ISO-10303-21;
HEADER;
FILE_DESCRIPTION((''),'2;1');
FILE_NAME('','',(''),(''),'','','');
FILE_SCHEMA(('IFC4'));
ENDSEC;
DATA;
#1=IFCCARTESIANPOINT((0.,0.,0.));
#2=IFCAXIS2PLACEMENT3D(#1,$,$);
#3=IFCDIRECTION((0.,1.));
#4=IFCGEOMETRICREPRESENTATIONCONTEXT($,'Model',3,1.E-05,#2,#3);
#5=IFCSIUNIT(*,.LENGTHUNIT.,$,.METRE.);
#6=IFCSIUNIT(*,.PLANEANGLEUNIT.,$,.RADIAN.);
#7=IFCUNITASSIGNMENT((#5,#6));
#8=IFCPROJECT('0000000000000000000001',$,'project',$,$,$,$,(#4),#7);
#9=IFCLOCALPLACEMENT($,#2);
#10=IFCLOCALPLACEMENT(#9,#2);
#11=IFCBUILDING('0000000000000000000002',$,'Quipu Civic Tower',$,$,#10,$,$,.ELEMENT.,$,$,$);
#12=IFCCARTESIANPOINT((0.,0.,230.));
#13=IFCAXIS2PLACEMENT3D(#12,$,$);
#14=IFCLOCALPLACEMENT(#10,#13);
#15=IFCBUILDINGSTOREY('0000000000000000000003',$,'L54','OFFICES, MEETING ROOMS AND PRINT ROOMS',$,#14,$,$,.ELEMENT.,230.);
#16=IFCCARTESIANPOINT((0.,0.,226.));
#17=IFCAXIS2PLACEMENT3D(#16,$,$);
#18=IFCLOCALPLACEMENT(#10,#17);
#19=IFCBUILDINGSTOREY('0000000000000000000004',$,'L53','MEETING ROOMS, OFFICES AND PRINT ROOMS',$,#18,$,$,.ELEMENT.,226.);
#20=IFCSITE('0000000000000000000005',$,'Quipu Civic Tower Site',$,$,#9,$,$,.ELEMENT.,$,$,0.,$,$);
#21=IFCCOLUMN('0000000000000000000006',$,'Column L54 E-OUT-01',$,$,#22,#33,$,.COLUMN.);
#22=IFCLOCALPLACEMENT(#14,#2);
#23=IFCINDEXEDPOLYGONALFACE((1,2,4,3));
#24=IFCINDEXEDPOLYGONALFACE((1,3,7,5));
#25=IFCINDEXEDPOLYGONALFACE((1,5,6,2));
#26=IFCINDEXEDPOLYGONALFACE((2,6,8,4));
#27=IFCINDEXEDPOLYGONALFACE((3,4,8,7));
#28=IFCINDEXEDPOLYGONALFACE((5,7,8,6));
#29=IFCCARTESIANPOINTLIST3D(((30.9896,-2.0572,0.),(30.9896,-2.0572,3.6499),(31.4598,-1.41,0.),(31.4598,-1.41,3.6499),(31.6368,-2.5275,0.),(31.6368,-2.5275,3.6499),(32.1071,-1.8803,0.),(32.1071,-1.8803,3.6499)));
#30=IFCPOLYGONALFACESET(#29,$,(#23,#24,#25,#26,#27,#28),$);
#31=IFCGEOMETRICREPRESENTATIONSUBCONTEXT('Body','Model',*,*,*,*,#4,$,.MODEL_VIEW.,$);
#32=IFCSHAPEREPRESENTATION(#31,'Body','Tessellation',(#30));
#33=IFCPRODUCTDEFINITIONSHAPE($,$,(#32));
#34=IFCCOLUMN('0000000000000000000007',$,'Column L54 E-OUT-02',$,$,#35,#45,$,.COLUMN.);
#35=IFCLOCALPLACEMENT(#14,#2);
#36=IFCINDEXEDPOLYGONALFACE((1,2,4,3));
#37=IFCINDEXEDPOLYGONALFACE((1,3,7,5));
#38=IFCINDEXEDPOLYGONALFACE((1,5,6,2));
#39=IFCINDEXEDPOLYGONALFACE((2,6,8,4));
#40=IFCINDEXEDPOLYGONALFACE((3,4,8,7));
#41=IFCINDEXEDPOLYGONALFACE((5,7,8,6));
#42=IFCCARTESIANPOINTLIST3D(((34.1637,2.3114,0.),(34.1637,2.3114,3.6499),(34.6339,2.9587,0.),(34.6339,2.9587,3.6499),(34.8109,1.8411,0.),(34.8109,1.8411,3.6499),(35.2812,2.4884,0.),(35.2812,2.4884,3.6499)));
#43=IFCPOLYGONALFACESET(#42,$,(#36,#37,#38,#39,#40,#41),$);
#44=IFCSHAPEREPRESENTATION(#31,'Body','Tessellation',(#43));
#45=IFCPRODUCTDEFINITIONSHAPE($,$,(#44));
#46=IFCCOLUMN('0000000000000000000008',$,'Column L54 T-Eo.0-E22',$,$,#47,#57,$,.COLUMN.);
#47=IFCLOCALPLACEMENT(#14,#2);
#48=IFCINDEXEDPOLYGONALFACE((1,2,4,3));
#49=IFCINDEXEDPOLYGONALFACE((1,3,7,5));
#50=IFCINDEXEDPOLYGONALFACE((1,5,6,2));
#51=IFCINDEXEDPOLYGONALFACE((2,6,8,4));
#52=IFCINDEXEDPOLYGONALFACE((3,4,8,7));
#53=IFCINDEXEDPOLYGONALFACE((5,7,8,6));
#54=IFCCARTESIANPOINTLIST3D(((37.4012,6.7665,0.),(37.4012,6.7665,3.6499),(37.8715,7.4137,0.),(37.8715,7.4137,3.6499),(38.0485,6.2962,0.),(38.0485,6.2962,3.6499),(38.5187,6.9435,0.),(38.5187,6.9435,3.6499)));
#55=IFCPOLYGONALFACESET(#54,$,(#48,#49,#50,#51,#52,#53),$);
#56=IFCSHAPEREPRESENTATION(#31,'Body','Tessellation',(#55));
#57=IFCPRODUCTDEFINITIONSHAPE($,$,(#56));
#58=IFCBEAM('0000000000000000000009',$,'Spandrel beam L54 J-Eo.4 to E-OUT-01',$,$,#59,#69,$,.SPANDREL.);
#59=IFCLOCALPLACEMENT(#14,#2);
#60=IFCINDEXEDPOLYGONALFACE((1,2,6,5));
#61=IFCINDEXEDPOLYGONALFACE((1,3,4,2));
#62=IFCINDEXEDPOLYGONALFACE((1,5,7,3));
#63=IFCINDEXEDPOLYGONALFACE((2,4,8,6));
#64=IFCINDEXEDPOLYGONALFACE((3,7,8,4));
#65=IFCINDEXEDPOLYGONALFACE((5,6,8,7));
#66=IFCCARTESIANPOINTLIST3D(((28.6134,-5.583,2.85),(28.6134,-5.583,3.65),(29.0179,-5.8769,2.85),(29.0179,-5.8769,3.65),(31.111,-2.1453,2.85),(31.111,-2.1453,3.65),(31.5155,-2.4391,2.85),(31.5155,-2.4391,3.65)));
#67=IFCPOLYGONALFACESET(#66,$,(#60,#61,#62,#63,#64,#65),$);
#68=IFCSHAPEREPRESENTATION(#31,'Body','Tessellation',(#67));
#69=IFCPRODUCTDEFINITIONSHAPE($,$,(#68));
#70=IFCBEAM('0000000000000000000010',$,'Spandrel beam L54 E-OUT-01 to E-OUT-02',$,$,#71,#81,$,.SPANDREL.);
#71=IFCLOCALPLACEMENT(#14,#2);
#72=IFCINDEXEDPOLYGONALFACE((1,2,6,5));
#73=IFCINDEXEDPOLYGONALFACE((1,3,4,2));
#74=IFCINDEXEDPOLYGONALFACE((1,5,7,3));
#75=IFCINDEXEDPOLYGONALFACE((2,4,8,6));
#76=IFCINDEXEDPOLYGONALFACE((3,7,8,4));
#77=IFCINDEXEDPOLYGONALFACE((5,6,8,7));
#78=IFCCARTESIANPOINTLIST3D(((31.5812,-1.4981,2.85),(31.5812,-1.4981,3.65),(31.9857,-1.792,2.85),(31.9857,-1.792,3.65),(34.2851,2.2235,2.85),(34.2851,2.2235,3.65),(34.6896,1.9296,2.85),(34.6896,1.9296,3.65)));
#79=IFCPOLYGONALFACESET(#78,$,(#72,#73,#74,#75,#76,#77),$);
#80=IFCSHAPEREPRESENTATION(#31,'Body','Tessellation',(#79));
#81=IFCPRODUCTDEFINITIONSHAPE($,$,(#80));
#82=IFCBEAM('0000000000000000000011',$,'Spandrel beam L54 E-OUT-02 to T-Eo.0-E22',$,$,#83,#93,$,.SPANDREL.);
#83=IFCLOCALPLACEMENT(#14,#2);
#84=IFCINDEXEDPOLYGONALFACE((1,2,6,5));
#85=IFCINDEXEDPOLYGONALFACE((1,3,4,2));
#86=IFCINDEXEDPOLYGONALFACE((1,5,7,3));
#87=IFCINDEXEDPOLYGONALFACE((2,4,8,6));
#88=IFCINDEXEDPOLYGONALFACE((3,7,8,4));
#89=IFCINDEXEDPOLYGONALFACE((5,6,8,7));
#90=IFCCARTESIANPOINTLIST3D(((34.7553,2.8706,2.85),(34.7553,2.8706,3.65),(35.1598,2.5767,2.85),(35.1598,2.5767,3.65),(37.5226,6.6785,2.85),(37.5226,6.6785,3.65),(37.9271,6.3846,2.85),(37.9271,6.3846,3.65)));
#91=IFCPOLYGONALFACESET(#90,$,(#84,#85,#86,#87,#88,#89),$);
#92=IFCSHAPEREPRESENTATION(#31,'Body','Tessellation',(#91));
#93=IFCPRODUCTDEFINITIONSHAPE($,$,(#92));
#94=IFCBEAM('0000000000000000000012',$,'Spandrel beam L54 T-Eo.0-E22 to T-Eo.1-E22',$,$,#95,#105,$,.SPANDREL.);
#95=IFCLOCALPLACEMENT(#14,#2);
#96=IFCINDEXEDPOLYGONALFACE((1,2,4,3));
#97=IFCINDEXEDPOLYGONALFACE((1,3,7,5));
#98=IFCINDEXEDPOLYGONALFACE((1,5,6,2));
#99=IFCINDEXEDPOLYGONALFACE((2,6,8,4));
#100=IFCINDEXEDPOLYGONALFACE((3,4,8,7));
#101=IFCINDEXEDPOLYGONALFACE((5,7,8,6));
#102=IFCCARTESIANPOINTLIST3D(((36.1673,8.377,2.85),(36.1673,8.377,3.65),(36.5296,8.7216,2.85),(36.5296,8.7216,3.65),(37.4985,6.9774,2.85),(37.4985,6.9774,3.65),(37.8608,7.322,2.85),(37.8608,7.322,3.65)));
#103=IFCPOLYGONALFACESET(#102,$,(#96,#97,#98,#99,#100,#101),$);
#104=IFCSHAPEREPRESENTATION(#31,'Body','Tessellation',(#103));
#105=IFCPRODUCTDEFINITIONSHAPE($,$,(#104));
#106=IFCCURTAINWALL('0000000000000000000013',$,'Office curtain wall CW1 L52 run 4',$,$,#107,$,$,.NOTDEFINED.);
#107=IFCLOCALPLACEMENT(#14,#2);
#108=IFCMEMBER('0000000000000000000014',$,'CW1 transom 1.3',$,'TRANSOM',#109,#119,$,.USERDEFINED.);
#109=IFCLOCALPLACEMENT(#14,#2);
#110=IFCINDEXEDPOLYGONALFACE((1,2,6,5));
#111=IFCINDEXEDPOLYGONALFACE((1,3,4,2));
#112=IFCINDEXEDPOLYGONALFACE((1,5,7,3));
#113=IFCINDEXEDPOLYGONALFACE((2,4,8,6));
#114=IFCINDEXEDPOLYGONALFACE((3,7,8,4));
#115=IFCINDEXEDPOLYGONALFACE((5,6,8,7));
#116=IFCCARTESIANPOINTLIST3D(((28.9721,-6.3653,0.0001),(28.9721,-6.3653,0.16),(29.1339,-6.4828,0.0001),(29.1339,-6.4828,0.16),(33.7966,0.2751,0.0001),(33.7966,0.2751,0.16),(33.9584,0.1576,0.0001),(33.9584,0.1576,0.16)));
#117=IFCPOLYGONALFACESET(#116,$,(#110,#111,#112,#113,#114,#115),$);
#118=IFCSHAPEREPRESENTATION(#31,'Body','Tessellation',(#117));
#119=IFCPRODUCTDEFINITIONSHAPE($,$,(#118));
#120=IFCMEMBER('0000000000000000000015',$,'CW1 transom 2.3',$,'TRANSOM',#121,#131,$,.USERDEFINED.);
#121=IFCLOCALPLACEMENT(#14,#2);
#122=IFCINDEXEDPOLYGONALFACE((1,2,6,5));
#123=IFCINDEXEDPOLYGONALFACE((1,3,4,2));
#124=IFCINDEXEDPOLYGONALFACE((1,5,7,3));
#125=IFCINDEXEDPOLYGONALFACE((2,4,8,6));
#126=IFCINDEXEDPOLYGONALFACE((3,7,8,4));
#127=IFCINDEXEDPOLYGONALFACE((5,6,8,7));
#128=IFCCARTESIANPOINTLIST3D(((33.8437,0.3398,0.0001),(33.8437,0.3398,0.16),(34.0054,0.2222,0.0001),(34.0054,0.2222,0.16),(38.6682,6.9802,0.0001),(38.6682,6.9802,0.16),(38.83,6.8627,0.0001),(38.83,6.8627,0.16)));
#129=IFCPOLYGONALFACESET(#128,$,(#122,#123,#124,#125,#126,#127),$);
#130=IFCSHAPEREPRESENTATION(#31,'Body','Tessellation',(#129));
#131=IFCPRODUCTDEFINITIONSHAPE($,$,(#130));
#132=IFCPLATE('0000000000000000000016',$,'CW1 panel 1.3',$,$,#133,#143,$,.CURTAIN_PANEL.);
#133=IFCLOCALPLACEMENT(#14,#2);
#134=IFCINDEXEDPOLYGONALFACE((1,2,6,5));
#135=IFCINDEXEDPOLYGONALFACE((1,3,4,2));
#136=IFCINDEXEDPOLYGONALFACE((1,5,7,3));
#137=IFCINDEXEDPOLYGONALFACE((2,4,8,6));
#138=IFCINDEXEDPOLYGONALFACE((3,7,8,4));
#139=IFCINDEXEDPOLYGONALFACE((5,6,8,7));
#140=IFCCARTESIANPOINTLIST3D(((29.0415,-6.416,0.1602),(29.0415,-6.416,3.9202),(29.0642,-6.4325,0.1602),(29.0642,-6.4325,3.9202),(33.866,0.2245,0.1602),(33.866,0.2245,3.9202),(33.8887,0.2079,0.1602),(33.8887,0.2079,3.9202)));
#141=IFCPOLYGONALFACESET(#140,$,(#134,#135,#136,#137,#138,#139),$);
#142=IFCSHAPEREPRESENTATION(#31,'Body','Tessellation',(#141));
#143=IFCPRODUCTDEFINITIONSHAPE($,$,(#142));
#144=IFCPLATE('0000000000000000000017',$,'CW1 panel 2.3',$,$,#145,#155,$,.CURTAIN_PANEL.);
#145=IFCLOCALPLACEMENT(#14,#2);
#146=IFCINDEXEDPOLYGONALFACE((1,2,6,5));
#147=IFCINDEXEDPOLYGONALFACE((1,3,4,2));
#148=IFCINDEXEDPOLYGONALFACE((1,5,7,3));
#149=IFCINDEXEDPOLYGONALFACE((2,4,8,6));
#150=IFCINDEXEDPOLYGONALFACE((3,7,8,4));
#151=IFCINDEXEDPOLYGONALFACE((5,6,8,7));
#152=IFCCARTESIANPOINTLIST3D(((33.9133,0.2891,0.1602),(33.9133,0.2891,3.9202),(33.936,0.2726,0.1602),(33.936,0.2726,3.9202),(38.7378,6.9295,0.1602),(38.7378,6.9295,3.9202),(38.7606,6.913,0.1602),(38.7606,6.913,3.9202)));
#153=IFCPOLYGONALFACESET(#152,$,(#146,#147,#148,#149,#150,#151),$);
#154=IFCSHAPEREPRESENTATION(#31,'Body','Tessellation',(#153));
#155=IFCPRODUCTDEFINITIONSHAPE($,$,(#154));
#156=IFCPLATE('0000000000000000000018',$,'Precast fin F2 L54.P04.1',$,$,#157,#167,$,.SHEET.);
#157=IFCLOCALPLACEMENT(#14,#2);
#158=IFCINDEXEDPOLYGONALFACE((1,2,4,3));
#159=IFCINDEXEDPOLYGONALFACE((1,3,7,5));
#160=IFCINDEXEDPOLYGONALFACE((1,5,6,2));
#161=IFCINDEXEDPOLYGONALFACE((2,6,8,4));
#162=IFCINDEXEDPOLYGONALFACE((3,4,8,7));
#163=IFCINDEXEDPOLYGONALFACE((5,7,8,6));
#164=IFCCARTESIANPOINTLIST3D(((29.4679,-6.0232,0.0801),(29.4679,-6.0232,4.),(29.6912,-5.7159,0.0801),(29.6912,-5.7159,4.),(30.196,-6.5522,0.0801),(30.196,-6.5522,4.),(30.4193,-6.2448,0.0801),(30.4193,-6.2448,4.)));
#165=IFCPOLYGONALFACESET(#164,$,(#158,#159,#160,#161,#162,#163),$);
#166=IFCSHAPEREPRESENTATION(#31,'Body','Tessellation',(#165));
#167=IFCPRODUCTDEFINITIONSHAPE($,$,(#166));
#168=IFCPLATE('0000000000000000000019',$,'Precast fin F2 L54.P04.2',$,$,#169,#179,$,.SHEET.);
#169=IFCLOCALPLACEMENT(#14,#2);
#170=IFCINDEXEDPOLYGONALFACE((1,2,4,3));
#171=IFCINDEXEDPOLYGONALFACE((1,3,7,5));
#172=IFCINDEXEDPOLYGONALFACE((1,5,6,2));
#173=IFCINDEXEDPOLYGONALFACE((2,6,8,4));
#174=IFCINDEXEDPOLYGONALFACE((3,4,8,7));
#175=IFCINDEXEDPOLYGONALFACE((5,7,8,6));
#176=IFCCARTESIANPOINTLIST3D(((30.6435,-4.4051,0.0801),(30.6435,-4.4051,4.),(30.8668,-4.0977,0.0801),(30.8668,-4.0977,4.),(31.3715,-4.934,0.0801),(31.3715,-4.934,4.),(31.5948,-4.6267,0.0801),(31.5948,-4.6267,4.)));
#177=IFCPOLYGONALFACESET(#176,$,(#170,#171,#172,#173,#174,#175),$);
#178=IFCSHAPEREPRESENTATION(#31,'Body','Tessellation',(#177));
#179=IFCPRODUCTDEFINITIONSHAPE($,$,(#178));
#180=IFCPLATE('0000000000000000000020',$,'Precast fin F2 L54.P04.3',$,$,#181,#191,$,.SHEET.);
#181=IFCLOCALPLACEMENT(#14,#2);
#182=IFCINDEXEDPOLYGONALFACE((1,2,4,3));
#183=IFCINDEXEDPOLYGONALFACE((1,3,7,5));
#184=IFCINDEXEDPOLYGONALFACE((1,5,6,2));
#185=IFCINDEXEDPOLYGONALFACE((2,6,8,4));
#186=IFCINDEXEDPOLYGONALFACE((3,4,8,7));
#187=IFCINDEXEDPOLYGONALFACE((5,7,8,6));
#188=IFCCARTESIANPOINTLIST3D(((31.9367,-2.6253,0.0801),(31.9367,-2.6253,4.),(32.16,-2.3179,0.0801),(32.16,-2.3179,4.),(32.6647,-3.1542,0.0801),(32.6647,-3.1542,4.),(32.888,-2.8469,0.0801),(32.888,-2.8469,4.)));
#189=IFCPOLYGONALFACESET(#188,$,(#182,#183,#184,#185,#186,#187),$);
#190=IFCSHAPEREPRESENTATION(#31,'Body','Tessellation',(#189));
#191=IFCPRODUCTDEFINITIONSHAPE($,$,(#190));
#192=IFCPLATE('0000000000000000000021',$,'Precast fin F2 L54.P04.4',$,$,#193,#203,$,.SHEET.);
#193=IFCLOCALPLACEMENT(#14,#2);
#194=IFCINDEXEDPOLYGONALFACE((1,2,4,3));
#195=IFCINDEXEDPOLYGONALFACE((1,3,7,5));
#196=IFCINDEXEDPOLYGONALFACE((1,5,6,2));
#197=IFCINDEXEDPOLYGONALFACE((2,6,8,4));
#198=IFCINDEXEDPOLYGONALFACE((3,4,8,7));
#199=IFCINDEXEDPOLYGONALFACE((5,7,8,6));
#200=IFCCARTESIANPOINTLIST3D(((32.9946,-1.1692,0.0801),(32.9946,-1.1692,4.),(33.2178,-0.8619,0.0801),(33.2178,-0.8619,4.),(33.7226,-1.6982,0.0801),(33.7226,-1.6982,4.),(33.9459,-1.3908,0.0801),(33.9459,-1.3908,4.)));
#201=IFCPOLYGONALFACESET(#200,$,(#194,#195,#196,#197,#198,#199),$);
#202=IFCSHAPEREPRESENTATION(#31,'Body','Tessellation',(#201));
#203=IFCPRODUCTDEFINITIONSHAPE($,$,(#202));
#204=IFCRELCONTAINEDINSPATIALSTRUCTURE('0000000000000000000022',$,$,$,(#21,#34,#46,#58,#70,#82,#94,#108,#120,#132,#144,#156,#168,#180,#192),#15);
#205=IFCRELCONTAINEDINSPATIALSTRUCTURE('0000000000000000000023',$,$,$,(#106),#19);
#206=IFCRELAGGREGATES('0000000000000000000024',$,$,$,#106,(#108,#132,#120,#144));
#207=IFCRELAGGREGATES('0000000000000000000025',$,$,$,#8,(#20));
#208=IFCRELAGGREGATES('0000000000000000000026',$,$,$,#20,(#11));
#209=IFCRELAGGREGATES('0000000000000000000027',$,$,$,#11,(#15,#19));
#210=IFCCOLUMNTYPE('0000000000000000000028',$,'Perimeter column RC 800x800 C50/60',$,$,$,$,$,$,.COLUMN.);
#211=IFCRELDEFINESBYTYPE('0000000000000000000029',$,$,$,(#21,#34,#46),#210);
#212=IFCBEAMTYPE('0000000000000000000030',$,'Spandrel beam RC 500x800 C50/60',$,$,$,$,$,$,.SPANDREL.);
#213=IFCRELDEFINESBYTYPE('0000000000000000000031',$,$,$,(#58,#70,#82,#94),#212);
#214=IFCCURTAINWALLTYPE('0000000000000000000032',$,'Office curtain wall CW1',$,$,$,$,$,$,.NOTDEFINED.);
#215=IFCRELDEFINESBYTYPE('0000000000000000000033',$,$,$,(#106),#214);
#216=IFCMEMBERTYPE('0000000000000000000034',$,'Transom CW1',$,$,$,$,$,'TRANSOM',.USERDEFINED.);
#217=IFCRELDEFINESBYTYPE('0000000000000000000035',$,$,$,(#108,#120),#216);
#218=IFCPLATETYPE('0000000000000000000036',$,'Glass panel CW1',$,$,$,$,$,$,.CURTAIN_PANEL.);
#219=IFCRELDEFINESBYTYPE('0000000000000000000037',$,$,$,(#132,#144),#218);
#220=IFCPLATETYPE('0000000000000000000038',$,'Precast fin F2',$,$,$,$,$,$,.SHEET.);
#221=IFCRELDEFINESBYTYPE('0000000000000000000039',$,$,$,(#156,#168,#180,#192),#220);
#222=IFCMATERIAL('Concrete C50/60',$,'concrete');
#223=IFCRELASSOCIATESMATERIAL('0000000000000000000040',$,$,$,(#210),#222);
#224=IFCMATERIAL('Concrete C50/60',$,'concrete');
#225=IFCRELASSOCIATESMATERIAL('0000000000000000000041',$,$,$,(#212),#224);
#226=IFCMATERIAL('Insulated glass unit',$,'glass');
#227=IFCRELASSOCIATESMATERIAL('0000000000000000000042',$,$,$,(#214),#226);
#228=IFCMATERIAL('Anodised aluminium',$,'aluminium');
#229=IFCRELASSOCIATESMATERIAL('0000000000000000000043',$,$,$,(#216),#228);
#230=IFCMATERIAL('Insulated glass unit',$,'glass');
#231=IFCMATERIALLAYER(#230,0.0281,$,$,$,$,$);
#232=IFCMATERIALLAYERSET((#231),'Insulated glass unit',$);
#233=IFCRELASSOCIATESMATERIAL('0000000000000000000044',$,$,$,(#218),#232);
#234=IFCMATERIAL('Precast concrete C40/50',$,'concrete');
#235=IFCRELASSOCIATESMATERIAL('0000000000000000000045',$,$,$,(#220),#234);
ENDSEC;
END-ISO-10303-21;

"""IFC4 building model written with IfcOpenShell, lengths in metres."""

from ifc_helpers import new_model, si_unit, direction, frame, origin, origin_2d, place, context, subcontext, project, spatial, rectangle, extrude, material, layer, layer_set, material_profile, profile_set, type_object, element, aggregate, save


model = new_model("IFC4")

# Units and contexts
model_context = context("Model", 3, precision=1e-05, world=origin(), true_north=direction((0.0, 1.0)))
body_context = subcontext(model_context, "Body", "Model", "MODEL_VIEW")
ifc_project = project(units=[si_unit("LENGTHUNIT", "METRE"), si_unit("PLANEANGLEUNIT", "RADIAN")], contexts=[model_context])

# Site, building, storey
site_placement = place(None, origin())
site = spatial("IfcSite", under=ifc_project, at=site_placement, Name="Quipu Civic Tower Site", CompositionType="ELEMENT", RefElevation=0.0)
building_placement = place(site_placement, origin())
building = spatial("IfcBuilding", under=site, at=building_placement, Name="Quipu Civic Tower", CompositionType="ELEMENT")
storey_1_placement = place(building_placement, frame((0.0, 0.0, 230.0)))
storey_1 = spatial("IfcBuildingStorey", under=building, at=storey_1_placement, Name="L54", Description="OFFICES, MEETING ROOMS AND PRINT ROOMS", CompositionType="ELEMENT", Elevation=230.0)

# Columns
ifc_material_1 = material(Name="Concrete C50/60", Category="concrete")
ifc_material_profile_1 = material_profile(ifc_material_1, rectangle(XDim=0.8, YDim=0.8, at=origin_2d()), Name="RC800x800")
ifc_profile_set_1 = profile_set([ifc_material_profile_1], Name="Concrete C50/60")
column_type = type_object("IfcColumnType", Name="Perimeter column RC 800x800 C50/60", PredefinedType="COLUMN", material=ifc_profile_set_1)
for number, where, z_axis, x_axis, name in (
    (1, (31.5483, -1.9688, 0.0), (0.0, 0.0, 1.0), (0.587785, 0.809017, 0.0), "Column L54 E-OUT-01"),
    (2, (34.7224, 2.3999, 0.0), (0.0, 0.0, 1.0), (0.587785, 0.809017, 0.0), "Column L54 E-OUT-02"),
    (3, (37.96, 6.855, 0.0), (0.0, 0.0, 1.0), (0.587785, 0.809017, 0.0), "Column L54 T-Eo.0-E22"),
):
    element("IfcColumn", number, at=place(storey_1_placement, frame(where, z_axis=z_axis, x_axis=x_axis)), inside=storey_1, type_object=column_type, Name=name, PredefinedType="COLUMN", context=body_context, shape_type="SweptSolid", body=[
        extrude(rectangle(XDim=0.8, YDim=0.8, at=origin_2d()), origin(), (0.0, 0.0, 1.0), 3.6499),
    ])

# Beams
ifc_material_2 = material(Name="Concrete C50/60", Category="concrete")
ifc_material_profile_2 = material_profile(ifc_material_2, rectangle(XDim=0.5, YDim=0.8, at=origin_2d()), Name="RC500x800")
ifc_profile_set_2 = profile_set([ifc_material_profile_2], Name="Concrete C50/60")
beam_type = type_object("IfcBeamType", Name="Spandrel beam RC 500x800 C50/60", PredefinedType="SPANDREL", material=ifc_profile_set_2)
beam_1_placement = place(storey_1_placement, frame((28.8157, -5.73, 3.25), z_axis=(0.587769, 0.809029, 0.0), x_axis=(-0.809029, 0.587769, 0.0)))
element("IfcBeam", 4, at=beam_1_placement, inside=storey_1, type_object=beam_type, Name="Spandrel beam L54 J-Eo.4 to E-OUT-01", PredefinedType="SPANDREL", context=body_context, shape_type="SweptSolid", body=[
    extrude(rectangle(XDim=0.5, YDim=0.8, at=origin_2d()), origin(), (0.0, 0.0, 1.0), 4.2493),
])
beam_2_placement = place(storey_1_placement, frame((31.7834, -1.645, 3.25), z_axis=(0.587796, 0.809009, 0.0), x_axis=(-0.809009, 0.587796, 0.0)))
element("IfcBeam", 5, at=beam_2_placement, inside=storey_1, type_object=beam_type, Name="Spandrel beam L54 E-OUT-01 to E-OUT-02", PredefinedType="SPANDREL", context=body_context, shape_type="SweptSolid", body=[
    extrude(rectangle(XDim=0.5, YDim=0.8, at=origin_2d()), origin(), (0.0, 0.0, 1.0), 4.6001),
])
beam_3_placement = place(storey_1_placement, frame((34.9575, 2.7236, 3.25), z_axis=(0.587891, 0.80894, 0.0), x_axis=(-0.80894, 0.587891, 0.0)))
element("IfcBeam", 6, at=beam_3_placement, inside=storey_1, type_object=beam_type, Name="Spandrel beam L54 E-OUT-02 to T-Eo.0-E22", PredefinedType="SPANDREL", context=body_context, shape_type="SweptSolid", body=[
    extrude(rectangle(XDim=0.5, YDim=0.8, at=origin_2d()), origin(), (0.0, 0.0, 1.0), 4.7073),
])
beam_4_placement = place(storey_1_placement, frame((37.6797, 7.1497, 3.25), z_axis=(-0.689191, 0.72458, 0.0), x_axis=(-0.72458, -0.689191, 0.0)))
element("IfcBeam", 7, at=beam_4_placement, inside=storey_1, type_object=beam_type, Name="Spandrel beam L54 T-Eo.0-E22 to T-Eo.1-E22", PredefinedType="SPANDREL", context=body_context, shape_type="SweptSolid", body=[
    extrude(rectangle(XDim=0.5, YDim=0.8, at=origin_2d()), origin(), (0.0, 0.0, 1.0), 1.9316),
])

# Shared definitions
storey_2_placement = place(building_placement, frame((0.0, 0.0, 226.0)))
storey_2 = spatial("IfcBuildingStorey", under=building, at=storey_2_placement, Name="L53", Description="MEETING ROOMS, OFFICES AND PRINT ROOMS", CompositionType="ELEMENT", Elevation=226.0)

# Curtain wall, members, plates
ifc_material_3 = material(Name="Insulated glass unit", Category="glass")
curtain_wall_type = type_object("IfcCurtainWallType", Name="Office curtain wall CW1", PredefinedType="NOTDEFINED", material=ifc_material_3)
curtain_wall_placement = place(storey_2_placement, origin())
curtain_wall = element("IfcCurtainWall", 8, at=curtain_wall_placement, inside=storey_2, type_object=curtain_wall_type, Name="Office curtain wall CW1 L52 run 4", PredefinedType="NOTDEFINED")
ifc_material_4 = material(Name="Anodised aluminium", Category="aluminium")
ifc_material_profile_3 = material_profile(ifc_material_4, rectangle(XDim=0.2, YDim=0.1599, at=origin_2d()), Name="RECT 200x160")
ifc_profile_set_3 = profile_set([ifc_material_profile_3], Name="Anodised aluminium")
member_type = type_object("IfcMemberType", Name="Transom CW1", ElementType="TRANSOM", PredefinedType="USERDEFINED", material=ifc_profile_set_3)
member_1_placement = place(storey_1_placement, frame((29.053, -6.4241, 0.0801), z_axis=(0.587781, 0.80902, 0.0), x_axis=(-0.80902, 0.587781, 0.0)))
member_1 = element("IfcMember", 9, at=member_1_placement, inside=storey_1, type_object=member_type, Name="CW1 transom 1.3", ObjectType="TRANSOM", PredefinedType="USERDEFINED", context=body_context, shape_type="SweptSolid", body=[
    extrude(rectangle(XDim=0.2, YDim=0.1599, at=origin_2d()), origin(), (0.0, 0.0, 1.0), 8.208),
])
member_2_placement = place(storey_1_placement, frame((33.9246, 0.281, 0.0801), z_axis=(0.587781, 0.80902, 0.0), x_axis=(-0.80902, 0.587781, 0.0)))
member_2 = element("IfcMember", 10, at=member_2_placement, inside=storey_1, type_object=member_type, Name="CW1 transom 2.3", ObjectType="TRANSOM", PredefinedType="USERDEFINED", context=body_context, shape_type="SweptSolid", body=[
    extrude(rectangle(XDim=0.2, YDim=0.1599, at=origin_2d()), origin(), (0.0, 0.0, 1.0), 8.208),
])
ifc_material_5 = material(Name="Insulated glass unit", Category="glass")
ifc_layer_1 = layer(ifc_material_5, 0.0281)
ifc_layer_set_1 = layer_set([ifc_layer_1], Name="Insulated glass unit")
plate_type_1 = type_object("IfcPlateType", Name="Glass panel CW1", PredefinedType="CURTAIN_PANEL", material=ifc_layer_set_1)
plate_1_placement = place(storey_1_placement, frame((31.4651, -3.104, 0.1602), z_axis=(0.0, 0.0, 1.0), x_axis=(0.587787, 0.809016, 0.0)))
plate_1 = element("IfcPlate", 11, at=plate_1_placement, inside=storey_1, type_object=plate_type_1, Name="CW1 panel 1.3", PredefinedType="CURTAIN_PANEL", context=body_context, shape_type="SweptSolid", body=[
    extrude(rectangle(XDim=8.208, YDim=0.0281, at=origin_2d()), origin(), (0.0, 0.0, 1.0), 3.76),
])
plate_2_placement = place(storey_1_placement, frame((36.3369, 3.6011, 0.1602), z_axis=(0.0, 0.0, 1.0), x_axis=(0.587787, 0.809016, 0.0)))
plate_2 = element("IfcPlate", 12, at=plate_2_placement, inside=storey_1, type_object=plate_type_1, Name="CW1 panel 2.3", PredefinedType="CURTAIN_PANEL", context=body_context, shape_type="SweptSolid", body=[
    extrude(rectangle(XDim=8.208, YDim=0.0281, at=origin_2d()), origin(), (0.0, 0.0, 1.0), 3.76),
])
aggregate(curtain_wall, [member_1, plate_1, member_2, plate_2])

# Plates
ifc_material_6 = material(Name="Precast concrete C40/50", Category="concrete")
plate_type_2 = type_object("IfcPlateType", Name="Precast fin F2", PredefinedType="SHEET", material=ifc_material_6)
for number, where, z_axis, x_axis, name in (
    (13, (29.9436, -6.134, 0.0801), (0.0, 0.0, 1.0), (0.587787, 0.809016, 0.0), "Precast fin F2 L54.P04.1"),
    (14, (31.1191, -4.5159, 0.0801), (0.0, 0.0, 1.0), (0.587787, 0.809016, 0.0), "Precast fin F2 L54.P04.2"),
    (15, (32.4124, -2.7361, 0.0801), (0.0, 0.0, 1.0), (0.587787, 0.809016, 0.0), "Precast fin F2 L54.P04.3"),
    (16, (33.4702, -1.28, 0.0801), (0.0, 0.0, 1.0), (0.587787, 0.809016, 0.0), "Precast fin F2 L54.P04.4"),
):
    element("IfcPlate", number, at=place(storey_1_placement, frame(where, z_axis=z_axis, x_axis=x_axis)), inside=storey_1, type_object=plate_type_2, Name=name, PredefinedType="SHEET", context=body_context, shape_type="SweptSolid", body=[
        extrude(rectangle(XDim=0.3799, YDim=0.8999, at=origin_2d()), origin(), (0.0, 0.0, 1.0), 3.9199),
    ])

save(model, "model.ifc")
